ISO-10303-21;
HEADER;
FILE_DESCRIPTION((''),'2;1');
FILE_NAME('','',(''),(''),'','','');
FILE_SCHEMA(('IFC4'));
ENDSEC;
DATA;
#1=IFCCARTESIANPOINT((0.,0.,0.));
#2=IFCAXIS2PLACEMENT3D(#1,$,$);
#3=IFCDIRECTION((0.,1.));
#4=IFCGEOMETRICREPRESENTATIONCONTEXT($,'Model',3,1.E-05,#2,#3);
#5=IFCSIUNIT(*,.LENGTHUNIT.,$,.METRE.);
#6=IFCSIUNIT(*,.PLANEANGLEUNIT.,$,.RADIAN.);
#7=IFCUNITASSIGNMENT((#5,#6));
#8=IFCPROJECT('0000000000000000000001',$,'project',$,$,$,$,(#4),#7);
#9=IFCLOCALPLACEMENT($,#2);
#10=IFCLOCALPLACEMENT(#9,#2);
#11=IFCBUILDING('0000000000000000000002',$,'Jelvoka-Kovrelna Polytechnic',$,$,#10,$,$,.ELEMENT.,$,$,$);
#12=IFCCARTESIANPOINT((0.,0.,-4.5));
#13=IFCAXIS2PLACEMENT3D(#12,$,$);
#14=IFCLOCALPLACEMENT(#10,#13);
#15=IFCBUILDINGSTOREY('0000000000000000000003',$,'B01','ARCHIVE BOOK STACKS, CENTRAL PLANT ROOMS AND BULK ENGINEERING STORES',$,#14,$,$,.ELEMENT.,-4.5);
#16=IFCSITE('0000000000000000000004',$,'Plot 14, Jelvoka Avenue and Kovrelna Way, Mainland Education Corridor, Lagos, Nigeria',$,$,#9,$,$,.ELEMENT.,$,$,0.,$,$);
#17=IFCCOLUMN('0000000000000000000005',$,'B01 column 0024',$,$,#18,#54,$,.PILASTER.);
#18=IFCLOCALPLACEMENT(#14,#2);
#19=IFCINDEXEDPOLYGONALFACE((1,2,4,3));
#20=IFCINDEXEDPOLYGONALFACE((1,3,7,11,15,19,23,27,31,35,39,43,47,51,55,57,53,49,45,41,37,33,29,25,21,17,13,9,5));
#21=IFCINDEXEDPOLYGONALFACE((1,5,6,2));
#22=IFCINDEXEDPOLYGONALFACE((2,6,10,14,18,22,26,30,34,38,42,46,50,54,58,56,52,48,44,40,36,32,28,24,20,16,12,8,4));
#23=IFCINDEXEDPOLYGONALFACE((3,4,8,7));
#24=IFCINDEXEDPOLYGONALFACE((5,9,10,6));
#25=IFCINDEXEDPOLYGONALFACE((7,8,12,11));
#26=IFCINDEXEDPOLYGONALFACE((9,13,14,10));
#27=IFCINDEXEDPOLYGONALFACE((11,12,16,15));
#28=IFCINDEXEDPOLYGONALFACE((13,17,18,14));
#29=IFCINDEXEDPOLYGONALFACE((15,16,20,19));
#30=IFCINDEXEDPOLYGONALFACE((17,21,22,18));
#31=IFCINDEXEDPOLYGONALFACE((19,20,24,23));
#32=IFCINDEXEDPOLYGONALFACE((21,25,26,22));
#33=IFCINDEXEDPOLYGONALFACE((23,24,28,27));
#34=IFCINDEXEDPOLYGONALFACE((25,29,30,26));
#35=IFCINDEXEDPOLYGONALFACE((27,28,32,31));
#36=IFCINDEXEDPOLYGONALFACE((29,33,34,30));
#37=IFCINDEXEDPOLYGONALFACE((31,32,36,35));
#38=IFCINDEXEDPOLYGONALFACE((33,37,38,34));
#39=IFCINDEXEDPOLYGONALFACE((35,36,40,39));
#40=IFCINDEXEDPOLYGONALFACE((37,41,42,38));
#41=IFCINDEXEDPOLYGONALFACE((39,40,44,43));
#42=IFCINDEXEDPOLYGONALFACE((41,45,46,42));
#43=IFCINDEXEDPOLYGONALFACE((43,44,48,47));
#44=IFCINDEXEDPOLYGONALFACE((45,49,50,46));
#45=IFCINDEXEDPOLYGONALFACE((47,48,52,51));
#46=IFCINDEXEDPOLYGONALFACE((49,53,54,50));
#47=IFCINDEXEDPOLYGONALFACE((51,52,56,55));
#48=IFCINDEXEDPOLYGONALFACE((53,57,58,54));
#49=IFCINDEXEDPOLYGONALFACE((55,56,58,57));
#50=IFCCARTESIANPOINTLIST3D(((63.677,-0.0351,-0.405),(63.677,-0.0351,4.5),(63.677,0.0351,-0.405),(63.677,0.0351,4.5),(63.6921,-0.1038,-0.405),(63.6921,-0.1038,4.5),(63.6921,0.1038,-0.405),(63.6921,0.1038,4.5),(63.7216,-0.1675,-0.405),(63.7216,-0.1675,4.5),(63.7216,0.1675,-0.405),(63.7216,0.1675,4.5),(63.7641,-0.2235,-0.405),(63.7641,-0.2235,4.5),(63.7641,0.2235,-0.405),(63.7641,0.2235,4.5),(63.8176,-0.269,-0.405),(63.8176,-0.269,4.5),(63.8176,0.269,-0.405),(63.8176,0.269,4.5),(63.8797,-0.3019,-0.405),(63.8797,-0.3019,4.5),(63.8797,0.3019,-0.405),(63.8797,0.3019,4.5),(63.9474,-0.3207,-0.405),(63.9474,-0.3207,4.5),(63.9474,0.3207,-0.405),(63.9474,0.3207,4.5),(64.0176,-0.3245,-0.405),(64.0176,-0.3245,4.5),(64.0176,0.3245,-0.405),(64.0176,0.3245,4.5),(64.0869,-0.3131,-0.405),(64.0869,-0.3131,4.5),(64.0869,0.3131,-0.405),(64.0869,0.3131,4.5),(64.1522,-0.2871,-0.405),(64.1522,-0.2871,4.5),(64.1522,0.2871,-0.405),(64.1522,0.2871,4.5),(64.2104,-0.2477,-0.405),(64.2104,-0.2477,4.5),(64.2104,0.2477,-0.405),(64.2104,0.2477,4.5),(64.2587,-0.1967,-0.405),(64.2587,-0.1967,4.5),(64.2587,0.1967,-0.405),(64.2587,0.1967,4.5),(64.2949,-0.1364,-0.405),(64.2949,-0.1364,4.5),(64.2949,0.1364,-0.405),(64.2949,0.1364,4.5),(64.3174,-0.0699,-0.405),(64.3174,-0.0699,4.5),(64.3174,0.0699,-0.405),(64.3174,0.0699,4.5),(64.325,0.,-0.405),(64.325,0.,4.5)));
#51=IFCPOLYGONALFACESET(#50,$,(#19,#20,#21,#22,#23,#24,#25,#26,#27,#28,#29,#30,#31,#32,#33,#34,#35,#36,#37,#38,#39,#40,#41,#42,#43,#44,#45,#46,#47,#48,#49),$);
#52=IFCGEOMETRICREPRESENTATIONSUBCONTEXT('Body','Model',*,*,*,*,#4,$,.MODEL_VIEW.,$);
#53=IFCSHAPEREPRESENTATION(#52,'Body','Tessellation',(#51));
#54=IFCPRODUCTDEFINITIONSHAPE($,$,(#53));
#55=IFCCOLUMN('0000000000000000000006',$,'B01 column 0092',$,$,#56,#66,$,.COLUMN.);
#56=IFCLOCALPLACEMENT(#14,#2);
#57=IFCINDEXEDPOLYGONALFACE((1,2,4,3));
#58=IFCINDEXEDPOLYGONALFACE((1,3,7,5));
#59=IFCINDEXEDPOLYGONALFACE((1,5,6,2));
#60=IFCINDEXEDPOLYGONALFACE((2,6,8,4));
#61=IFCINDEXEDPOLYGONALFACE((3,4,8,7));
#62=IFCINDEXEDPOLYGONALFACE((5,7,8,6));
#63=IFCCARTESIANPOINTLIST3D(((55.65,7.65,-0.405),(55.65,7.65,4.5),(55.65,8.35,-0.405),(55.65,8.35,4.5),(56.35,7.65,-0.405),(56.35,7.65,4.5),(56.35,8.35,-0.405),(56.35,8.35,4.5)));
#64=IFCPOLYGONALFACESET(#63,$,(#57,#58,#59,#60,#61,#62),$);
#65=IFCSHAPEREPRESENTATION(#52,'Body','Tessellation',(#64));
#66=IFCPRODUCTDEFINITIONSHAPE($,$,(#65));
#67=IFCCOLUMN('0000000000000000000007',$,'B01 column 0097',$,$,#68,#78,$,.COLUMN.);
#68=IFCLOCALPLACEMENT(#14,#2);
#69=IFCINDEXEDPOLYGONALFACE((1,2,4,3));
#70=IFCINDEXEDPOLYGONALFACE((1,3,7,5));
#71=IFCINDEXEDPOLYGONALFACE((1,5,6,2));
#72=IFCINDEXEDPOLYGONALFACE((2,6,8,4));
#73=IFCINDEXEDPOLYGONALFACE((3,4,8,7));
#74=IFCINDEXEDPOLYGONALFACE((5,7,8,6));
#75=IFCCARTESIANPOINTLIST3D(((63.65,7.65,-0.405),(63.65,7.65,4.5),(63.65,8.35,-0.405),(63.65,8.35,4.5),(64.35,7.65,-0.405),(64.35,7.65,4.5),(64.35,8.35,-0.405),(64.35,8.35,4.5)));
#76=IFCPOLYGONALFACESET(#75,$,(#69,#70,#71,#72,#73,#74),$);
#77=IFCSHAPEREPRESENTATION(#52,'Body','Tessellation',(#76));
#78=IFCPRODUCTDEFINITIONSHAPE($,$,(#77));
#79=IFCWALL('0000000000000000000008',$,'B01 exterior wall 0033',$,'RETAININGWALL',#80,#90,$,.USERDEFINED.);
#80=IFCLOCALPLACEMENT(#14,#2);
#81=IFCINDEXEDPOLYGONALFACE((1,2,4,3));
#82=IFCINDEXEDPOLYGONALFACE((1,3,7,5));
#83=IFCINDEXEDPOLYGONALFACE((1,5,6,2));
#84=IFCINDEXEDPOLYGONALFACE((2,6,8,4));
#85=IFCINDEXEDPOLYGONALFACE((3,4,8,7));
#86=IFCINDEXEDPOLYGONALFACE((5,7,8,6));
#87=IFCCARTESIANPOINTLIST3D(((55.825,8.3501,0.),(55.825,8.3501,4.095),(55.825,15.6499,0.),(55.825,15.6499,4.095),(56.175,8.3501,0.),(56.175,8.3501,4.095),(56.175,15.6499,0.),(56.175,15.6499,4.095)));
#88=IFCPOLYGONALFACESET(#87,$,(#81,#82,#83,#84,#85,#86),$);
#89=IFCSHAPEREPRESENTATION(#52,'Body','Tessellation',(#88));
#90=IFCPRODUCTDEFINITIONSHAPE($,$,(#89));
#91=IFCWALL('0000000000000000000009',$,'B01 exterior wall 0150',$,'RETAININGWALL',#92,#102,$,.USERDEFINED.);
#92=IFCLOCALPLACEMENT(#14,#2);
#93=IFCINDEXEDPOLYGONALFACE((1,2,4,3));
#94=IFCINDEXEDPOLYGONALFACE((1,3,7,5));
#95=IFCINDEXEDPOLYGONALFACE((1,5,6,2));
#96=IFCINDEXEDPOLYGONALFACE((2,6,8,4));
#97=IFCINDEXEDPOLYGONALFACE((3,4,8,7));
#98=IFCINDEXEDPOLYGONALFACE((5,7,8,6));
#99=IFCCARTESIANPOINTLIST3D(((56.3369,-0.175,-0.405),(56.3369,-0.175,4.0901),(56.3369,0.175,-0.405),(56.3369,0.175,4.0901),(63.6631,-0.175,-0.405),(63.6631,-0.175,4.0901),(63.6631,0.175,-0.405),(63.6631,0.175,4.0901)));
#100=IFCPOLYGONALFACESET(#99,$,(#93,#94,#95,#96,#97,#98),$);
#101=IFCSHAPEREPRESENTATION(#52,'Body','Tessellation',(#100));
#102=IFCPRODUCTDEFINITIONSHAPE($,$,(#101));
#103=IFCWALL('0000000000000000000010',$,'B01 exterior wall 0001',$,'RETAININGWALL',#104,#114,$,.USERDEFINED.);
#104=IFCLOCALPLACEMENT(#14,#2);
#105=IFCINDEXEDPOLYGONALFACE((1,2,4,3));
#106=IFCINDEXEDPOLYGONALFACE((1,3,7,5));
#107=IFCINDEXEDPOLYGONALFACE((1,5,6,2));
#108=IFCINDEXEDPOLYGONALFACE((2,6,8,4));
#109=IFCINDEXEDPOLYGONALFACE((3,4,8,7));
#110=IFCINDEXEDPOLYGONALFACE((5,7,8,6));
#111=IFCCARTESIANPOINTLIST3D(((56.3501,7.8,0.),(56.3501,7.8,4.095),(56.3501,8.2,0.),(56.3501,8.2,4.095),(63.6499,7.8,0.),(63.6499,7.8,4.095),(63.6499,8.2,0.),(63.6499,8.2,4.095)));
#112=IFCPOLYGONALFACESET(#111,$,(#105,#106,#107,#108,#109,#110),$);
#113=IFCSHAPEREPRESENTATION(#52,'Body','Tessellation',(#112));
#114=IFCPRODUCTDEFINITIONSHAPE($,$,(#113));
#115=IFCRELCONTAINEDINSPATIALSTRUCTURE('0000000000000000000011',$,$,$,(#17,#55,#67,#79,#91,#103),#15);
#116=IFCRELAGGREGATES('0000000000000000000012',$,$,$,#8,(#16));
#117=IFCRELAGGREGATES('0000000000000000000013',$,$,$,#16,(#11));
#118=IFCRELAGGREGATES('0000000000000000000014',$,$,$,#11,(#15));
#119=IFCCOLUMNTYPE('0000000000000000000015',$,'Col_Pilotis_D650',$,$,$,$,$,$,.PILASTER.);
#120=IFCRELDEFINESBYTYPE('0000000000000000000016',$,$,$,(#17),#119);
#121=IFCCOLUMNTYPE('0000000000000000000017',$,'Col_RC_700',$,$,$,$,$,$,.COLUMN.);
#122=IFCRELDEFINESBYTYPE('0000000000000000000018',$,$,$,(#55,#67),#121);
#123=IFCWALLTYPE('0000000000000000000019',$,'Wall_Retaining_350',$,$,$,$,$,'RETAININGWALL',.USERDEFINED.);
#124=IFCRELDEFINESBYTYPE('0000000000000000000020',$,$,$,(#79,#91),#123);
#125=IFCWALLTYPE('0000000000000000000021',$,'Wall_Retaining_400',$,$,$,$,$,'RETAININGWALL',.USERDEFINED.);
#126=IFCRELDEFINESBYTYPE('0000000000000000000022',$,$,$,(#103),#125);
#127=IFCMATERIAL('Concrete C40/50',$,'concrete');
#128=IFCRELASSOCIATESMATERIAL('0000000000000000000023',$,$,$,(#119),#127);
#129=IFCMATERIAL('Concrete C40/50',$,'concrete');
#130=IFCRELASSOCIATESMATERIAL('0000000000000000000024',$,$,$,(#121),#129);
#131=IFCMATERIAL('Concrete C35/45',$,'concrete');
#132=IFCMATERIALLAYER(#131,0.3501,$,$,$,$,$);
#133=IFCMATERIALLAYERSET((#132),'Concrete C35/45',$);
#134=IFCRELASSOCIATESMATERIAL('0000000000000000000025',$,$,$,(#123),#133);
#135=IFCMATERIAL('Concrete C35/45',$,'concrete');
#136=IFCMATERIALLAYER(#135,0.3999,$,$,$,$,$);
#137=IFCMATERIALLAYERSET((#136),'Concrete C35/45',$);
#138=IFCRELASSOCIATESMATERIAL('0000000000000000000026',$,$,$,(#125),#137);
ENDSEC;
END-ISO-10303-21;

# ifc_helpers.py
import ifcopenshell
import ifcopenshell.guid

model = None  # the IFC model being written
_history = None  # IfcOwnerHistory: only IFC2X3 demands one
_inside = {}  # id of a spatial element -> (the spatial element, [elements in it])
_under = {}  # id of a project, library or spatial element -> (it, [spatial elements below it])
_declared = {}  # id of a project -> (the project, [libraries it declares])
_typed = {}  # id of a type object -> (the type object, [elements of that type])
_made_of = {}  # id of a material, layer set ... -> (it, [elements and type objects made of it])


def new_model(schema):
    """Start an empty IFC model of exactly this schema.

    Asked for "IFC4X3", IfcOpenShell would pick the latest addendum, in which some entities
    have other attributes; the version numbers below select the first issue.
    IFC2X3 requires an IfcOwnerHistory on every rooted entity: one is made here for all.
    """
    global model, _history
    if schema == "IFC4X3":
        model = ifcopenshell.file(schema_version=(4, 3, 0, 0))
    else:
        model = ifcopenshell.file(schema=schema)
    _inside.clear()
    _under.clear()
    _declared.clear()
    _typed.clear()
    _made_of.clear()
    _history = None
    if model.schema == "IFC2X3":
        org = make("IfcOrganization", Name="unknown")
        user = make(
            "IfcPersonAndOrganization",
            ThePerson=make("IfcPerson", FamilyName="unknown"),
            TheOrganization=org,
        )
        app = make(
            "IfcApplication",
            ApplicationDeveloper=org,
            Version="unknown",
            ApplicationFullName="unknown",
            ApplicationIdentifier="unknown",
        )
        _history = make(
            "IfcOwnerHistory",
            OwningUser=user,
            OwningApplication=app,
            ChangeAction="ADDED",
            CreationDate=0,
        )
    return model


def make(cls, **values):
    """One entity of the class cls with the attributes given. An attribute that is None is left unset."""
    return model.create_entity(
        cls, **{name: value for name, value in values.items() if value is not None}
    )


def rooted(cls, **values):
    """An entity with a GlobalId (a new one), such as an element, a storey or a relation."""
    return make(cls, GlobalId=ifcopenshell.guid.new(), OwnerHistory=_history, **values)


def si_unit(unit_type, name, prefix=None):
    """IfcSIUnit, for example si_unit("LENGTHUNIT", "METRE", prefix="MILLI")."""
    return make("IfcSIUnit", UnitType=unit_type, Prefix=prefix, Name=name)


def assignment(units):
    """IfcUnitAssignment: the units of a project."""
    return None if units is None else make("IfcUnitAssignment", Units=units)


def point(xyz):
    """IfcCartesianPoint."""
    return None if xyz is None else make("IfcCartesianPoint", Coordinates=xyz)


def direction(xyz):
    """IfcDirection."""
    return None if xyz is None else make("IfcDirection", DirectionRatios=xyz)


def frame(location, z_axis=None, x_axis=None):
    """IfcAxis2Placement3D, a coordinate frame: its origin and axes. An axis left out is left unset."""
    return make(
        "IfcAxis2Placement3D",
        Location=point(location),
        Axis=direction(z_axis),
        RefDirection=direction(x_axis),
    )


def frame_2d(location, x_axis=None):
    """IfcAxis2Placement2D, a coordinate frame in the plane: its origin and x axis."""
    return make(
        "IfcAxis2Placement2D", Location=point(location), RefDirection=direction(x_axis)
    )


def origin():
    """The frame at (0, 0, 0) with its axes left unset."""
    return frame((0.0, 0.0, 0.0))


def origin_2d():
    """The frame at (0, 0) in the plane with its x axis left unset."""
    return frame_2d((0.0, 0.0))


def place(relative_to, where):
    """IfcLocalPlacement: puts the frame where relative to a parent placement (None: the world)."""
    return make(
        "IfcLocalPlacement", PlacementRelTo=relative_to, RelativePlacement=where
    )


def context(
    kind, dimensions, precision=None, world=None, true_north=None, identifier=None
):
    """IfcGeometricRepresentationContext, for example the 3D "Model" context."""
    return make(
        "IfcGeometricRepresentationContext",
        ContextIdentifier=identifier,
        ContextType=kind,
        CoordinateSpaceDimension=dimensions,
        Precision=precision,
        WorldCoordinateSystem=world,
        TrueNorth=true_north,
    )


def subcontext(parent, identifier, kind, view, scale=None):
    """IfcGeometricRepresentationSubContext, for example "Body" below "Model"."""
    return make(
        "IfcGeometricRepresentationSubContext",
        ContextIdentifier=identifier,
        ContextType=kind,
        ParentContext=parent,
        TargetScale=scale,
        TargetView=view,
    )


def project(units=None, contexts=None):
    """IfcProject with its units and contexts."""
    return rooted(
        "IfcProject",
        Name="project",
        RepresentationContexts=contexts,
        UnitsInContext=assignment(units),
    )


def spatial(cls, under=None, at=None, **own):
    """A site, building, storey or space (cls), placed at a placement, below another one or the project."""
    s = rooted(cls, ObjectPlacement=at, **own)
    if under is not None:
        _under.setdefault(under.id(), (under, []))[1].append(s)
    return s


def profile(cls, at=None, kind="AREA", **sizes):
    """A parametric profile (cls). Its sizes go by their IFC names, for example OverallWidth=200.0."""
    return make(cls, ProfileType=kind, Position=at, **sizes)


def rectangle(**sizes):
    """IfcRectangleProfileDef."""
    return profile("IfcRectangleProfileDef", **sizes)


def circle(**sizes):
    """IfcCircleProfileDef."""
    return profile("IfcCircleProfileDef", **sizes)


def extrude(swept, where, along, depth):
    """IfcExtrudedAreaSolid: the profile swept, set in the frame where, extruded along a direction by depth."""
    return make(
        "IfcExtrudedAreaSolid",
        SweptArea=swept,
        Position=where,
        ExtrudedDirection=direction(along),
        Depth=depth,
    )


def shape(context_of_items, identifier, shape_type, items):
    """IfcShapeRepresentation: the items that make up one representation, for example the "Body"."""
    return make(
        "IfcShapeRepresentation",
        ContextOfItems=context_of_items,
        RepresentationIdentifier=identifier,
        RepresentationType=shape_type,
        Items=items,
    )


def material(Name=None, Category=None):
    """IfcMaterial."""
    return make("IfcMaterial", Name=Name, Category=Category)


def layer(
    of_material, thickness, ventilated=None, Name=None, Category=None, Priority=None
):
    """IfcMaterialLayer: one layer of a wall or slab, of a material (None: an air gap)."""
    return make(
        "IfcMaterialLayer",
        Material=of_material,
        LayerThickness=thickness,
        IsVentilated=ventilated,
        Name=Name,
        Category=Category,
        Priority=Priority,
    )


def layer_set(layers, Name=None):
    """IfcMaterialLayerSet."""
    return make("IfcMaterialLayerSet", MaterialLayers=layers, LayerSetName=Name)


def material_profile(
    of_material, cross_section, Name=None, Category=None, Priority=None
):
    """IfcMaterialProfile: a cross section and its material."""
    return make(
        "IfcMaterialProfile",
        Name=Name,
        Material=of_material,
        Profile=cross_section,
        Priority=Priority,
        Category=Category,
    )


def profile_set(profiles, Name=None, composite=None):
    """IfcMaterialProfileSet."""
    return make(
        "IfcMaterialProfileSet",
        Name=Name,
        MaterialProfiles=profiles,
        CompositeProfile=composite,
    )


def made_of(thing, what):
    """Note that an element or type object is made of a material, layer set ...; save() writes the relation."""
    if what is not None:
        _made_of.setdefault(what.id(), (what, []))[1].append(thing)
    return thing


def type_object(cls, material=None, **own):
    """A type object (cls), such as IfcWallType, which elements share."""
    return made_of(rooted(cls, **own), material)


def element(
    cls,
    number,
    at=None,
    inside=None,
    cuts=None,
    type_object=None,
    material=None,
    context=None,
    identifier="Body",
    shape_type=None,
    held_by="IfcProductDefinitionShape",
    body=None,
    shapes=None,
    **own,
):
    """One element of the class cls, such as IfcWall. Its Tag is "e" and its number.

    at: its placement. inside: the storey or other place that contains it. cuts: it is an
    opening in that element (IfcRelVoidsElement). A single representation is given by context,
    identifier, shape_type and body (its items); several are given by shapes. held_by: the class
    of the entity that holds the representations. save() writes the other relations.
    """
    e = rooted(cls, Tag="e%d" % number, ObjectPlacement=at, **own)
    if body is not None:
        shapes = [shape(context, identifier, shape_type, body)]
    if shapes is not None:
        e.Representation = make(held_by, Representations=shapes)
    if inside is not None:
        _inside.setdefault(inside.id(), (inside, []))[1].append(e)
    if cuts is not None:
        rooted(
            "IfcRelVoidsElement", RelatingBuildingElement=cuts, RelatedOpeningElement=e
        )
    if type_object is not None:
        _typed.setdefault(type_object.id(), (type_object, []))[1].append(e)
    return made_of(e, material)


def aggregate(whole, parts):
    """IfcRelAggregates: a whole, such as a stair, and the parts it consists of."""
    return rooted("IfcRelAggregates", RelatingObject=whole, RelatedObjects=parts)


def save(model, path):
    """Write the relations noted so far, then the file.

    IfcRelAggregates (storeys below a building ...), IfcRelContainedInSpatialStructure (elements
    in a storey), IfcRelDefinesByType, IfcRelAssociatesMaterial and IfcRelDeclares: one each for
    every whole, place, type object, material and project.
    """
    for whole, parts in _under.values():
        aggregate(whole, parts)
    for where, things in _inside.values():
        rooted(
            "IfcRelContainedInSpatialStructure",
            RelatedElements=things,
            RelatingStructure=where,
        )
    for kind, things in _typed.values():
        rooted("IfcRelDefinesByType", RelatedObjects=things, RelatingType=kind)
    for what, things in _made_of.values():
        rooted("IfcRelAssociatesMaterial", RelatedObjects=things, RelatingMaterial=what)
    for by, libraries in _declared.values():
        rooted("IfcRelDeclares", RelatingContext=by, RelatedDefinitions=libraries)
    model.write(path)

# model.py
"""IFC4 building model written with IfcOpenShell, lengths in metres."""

from ifc_helpers import new_model, si_unit, direction, frame, frame_2d, origin, origin_2d, place, context, subcontext, project, spatial, rectangle, circle, extrude, material, layer, layer_set, material_profile, profile_set, type_object, element, save


model = new_model("IFC4")

# Units and contexts
model_context = context("Model", 3, precision=1e-05, world=origin(), true_north=direction((0.0, 1.0)))
body_context = subcontext(model_context, "Body", "Model", "MODEL_VIEW")
ifc_project = project(units=[si_unit("LENGTHUNIT", "METRE"), si_unit("PLANEANGLEUNIT", "RADIAN")], contexts=[model_context])

# Site, building, storey
site_placement = place(None, origin())
site = spatial("IfcSite", under=ifc_project, at=site_placement, Name="Plot 14, Jelvoka Avenue and Kovrelna Way, Mainland Education Corridor, Lagos, Nigeria", CompositionType="ELEMENT", RefElevation=0.0)
building_placement = place(site_placement, origin())
building = spatial("IfcBuilding", under=site, at=building_placement, Name="Jelvoka-Kovrelna Polytechnic", CompositionType="ELEMENT")
storey_placement = place(building_placement, frame((0.0, 0.0, -4.5)))
storey = spatial("IfcBuildingStorey", under=building, at=storey_placement, Name="B01", Description="ARCHIVE BOOK STACKS, CENTRAL PLANT ROOMS AND BULK ENGINEERING STORES", CompositionType="ELEMENT", Elevation=-4.5)

# Columns
ifc_material_1 = material(Name="Concrete C40/50", Category="concrete")
ifc_material_profile_1 = material_profile(ifc_material_1, circle(Radius=0.325, at=origin_2d()), Name="RC D650")
ifc_profile_set_1 = profile_set([ifc_material_profile_1], Name="Concrete C40/50")
column_type_1 = type_object("IfcColumnType", Name="Col_Pilotis_D650", PredefinedType="PILASTER", material=ifc_profile_set_1)
for number, where, z_axis, x_axis, name in (
    (1, (64.0, 0.0, -0.405), (0.0, 0.0, 1.0), (1.0, 0.0, 0.0), "B01 column 0024"),
):
    element("IfcColumn", number, at=place(storey_placement, frame(where, z_axis=z_axis, x_axis=x_axis)), inside=storey, type_object=column_type_1, Name=name, PredefinedType="PILASTER", context=body_context, shape_type="SweptSolid", body=[
        extrude(circle(Radius=0.325, at=origin_2d()), origin(), (0.0, 0.0, 1.0), 4.905),
    ])
ifc_material_2 = material(Name="Concrete C40/50", Category="concrete")
ifc_material_profile_2 = material_profile(ifc_material_2, rectangle(XDim=0.7, YDim=0.7, at=origin_2d()), Name="RC 700x700")
ifc_profile_set_2 = profile_set([ifc_material_profile_2], Name="Concrete C40/50")
column_type_2 = type_object("IfcColumnType", Name="Col_RC_700", PredefinedType="COLUMN", material=ifc_profile_set_2)
for number, where, z_axis, x_axis, name in (
    (2, (56.0, 8.0, -0.405), (0.0, 0.0, 1.0), (1.0, 0.0, 0.0), "B01 column 0092"),
    (3, (64.0, 8.0, -0.405), (0.0, 0.0, 1.0), (1.0, 0.0, 0.0), "B01 column 0097"),
):
    element("IfcColumn", number, at=place(storey_placement, frame(where, z_axis=z_axis, x_axis=x_axis)), inside=storey, type_object=column_type_2, Name=name, PredefinedType="COLUMN", context=body_context, shape_type="SweptSolid", body=[
        extrude(rectangle(XDim=0.7, YDim=0.7, at=origin_2d()), origin(), (0.0, 0.0, 1.0), 4.905),
    ])

# Walls
ifc_material_3 = material(Name="Concrete C35/45", Category="concrete")
ifc_layer_1 = layer(ifc_material_3, 0.3501)
ifc_layer_set_1 = layer_set([ifc_layer_1], Name="Concrete C35/45")
wall_type_1 = type_object("IfcWallType", Name="Wall_Retaining_350", ElementType="RETAININGWALL", PredefinedType="USERDEFINED", material=ifc_layer_set_1)
wall_1_placement = place(storey_placement, frame((56.0, 8.3501, 0.0), z_axis=(0.0, 0.0, 1.0), x_axis=(0.0, 1.0, 0.0)))
element("IfcWall", 4, at=wall_1_placement, inside=storey, type_object=wall_type_1, Name="B01 exterior wall 0033", ObjectType="RETAININGWALL", PredefinedType="USERDEFINED", context=body_context, shape_type="SweptSolid", body=[
    extrude(rectangle(XDim=7.2998, YDim=0.3501, at=frame_2d((3.6499, 0.0))), origin(), (0.0, 0.0, 1.0), 4.095),
])
wall_2_placement = place(storey_placement, frame((56.3369, 0.0, -0.405), z_axis=(0.0, 0.0, 1.0), x_axis=(1.0, 0.0, 0.0)))
element("IfcWall", 5, at=wall_2_placement, inside=storey, type_object=wall_type_1, Name="B01 exterior wall 0150", ObjectType="RETAININGWALL", PredefinedType="USERDEFINED", context=body_context, shape_type="SweptSolid", body=[
    extrude(rectangle(XDim=7.3262, YDim=0.3501, at=frame_2d((3.6631, 0.0))), origin(), (0.0, 0.0, 1.0), 4.4951),
])
ifc_material_4 = material(Name="Concrete C35/45", Category="concrete")
ifc_layer_2 = layer(ifc_material_4, 0.3999)
ifc_layer_set_2 = layer_set([ifc_layer_2], Name="Concrete C35/45")
wall_type_2 = type_object("IfcWallType", Name="Wall_Retaining_400", ElementType="RETAININGWALL", PredefinedType="USERDEFINED", material=ifc_layer_set_2)
wall_3_placement = place(storey_placement, frame((63.6499, 8.0, 0.0), z_axis=(0.0, 0.0, 1.0), x_axis=(-1.0, 0.0, 0.0)))
element("IfcWall", 6, at=wall_3_placement, inside=storey, type_object=wall_type_2, Name="B01 exterior wall 0001", ObjectType="RETAININGWALL", PredefinedType="USERDEFINED", context=body_context, shape_type="SweptSolid", body=[
    extrude(rectangle(XDim=7.2998, YDim=0.3999, at=frame_2d((3.6499, 0.0))), origin(), (0.0, 0.0, 1.0), 4.095),
])

save(model, "model.ifc")
